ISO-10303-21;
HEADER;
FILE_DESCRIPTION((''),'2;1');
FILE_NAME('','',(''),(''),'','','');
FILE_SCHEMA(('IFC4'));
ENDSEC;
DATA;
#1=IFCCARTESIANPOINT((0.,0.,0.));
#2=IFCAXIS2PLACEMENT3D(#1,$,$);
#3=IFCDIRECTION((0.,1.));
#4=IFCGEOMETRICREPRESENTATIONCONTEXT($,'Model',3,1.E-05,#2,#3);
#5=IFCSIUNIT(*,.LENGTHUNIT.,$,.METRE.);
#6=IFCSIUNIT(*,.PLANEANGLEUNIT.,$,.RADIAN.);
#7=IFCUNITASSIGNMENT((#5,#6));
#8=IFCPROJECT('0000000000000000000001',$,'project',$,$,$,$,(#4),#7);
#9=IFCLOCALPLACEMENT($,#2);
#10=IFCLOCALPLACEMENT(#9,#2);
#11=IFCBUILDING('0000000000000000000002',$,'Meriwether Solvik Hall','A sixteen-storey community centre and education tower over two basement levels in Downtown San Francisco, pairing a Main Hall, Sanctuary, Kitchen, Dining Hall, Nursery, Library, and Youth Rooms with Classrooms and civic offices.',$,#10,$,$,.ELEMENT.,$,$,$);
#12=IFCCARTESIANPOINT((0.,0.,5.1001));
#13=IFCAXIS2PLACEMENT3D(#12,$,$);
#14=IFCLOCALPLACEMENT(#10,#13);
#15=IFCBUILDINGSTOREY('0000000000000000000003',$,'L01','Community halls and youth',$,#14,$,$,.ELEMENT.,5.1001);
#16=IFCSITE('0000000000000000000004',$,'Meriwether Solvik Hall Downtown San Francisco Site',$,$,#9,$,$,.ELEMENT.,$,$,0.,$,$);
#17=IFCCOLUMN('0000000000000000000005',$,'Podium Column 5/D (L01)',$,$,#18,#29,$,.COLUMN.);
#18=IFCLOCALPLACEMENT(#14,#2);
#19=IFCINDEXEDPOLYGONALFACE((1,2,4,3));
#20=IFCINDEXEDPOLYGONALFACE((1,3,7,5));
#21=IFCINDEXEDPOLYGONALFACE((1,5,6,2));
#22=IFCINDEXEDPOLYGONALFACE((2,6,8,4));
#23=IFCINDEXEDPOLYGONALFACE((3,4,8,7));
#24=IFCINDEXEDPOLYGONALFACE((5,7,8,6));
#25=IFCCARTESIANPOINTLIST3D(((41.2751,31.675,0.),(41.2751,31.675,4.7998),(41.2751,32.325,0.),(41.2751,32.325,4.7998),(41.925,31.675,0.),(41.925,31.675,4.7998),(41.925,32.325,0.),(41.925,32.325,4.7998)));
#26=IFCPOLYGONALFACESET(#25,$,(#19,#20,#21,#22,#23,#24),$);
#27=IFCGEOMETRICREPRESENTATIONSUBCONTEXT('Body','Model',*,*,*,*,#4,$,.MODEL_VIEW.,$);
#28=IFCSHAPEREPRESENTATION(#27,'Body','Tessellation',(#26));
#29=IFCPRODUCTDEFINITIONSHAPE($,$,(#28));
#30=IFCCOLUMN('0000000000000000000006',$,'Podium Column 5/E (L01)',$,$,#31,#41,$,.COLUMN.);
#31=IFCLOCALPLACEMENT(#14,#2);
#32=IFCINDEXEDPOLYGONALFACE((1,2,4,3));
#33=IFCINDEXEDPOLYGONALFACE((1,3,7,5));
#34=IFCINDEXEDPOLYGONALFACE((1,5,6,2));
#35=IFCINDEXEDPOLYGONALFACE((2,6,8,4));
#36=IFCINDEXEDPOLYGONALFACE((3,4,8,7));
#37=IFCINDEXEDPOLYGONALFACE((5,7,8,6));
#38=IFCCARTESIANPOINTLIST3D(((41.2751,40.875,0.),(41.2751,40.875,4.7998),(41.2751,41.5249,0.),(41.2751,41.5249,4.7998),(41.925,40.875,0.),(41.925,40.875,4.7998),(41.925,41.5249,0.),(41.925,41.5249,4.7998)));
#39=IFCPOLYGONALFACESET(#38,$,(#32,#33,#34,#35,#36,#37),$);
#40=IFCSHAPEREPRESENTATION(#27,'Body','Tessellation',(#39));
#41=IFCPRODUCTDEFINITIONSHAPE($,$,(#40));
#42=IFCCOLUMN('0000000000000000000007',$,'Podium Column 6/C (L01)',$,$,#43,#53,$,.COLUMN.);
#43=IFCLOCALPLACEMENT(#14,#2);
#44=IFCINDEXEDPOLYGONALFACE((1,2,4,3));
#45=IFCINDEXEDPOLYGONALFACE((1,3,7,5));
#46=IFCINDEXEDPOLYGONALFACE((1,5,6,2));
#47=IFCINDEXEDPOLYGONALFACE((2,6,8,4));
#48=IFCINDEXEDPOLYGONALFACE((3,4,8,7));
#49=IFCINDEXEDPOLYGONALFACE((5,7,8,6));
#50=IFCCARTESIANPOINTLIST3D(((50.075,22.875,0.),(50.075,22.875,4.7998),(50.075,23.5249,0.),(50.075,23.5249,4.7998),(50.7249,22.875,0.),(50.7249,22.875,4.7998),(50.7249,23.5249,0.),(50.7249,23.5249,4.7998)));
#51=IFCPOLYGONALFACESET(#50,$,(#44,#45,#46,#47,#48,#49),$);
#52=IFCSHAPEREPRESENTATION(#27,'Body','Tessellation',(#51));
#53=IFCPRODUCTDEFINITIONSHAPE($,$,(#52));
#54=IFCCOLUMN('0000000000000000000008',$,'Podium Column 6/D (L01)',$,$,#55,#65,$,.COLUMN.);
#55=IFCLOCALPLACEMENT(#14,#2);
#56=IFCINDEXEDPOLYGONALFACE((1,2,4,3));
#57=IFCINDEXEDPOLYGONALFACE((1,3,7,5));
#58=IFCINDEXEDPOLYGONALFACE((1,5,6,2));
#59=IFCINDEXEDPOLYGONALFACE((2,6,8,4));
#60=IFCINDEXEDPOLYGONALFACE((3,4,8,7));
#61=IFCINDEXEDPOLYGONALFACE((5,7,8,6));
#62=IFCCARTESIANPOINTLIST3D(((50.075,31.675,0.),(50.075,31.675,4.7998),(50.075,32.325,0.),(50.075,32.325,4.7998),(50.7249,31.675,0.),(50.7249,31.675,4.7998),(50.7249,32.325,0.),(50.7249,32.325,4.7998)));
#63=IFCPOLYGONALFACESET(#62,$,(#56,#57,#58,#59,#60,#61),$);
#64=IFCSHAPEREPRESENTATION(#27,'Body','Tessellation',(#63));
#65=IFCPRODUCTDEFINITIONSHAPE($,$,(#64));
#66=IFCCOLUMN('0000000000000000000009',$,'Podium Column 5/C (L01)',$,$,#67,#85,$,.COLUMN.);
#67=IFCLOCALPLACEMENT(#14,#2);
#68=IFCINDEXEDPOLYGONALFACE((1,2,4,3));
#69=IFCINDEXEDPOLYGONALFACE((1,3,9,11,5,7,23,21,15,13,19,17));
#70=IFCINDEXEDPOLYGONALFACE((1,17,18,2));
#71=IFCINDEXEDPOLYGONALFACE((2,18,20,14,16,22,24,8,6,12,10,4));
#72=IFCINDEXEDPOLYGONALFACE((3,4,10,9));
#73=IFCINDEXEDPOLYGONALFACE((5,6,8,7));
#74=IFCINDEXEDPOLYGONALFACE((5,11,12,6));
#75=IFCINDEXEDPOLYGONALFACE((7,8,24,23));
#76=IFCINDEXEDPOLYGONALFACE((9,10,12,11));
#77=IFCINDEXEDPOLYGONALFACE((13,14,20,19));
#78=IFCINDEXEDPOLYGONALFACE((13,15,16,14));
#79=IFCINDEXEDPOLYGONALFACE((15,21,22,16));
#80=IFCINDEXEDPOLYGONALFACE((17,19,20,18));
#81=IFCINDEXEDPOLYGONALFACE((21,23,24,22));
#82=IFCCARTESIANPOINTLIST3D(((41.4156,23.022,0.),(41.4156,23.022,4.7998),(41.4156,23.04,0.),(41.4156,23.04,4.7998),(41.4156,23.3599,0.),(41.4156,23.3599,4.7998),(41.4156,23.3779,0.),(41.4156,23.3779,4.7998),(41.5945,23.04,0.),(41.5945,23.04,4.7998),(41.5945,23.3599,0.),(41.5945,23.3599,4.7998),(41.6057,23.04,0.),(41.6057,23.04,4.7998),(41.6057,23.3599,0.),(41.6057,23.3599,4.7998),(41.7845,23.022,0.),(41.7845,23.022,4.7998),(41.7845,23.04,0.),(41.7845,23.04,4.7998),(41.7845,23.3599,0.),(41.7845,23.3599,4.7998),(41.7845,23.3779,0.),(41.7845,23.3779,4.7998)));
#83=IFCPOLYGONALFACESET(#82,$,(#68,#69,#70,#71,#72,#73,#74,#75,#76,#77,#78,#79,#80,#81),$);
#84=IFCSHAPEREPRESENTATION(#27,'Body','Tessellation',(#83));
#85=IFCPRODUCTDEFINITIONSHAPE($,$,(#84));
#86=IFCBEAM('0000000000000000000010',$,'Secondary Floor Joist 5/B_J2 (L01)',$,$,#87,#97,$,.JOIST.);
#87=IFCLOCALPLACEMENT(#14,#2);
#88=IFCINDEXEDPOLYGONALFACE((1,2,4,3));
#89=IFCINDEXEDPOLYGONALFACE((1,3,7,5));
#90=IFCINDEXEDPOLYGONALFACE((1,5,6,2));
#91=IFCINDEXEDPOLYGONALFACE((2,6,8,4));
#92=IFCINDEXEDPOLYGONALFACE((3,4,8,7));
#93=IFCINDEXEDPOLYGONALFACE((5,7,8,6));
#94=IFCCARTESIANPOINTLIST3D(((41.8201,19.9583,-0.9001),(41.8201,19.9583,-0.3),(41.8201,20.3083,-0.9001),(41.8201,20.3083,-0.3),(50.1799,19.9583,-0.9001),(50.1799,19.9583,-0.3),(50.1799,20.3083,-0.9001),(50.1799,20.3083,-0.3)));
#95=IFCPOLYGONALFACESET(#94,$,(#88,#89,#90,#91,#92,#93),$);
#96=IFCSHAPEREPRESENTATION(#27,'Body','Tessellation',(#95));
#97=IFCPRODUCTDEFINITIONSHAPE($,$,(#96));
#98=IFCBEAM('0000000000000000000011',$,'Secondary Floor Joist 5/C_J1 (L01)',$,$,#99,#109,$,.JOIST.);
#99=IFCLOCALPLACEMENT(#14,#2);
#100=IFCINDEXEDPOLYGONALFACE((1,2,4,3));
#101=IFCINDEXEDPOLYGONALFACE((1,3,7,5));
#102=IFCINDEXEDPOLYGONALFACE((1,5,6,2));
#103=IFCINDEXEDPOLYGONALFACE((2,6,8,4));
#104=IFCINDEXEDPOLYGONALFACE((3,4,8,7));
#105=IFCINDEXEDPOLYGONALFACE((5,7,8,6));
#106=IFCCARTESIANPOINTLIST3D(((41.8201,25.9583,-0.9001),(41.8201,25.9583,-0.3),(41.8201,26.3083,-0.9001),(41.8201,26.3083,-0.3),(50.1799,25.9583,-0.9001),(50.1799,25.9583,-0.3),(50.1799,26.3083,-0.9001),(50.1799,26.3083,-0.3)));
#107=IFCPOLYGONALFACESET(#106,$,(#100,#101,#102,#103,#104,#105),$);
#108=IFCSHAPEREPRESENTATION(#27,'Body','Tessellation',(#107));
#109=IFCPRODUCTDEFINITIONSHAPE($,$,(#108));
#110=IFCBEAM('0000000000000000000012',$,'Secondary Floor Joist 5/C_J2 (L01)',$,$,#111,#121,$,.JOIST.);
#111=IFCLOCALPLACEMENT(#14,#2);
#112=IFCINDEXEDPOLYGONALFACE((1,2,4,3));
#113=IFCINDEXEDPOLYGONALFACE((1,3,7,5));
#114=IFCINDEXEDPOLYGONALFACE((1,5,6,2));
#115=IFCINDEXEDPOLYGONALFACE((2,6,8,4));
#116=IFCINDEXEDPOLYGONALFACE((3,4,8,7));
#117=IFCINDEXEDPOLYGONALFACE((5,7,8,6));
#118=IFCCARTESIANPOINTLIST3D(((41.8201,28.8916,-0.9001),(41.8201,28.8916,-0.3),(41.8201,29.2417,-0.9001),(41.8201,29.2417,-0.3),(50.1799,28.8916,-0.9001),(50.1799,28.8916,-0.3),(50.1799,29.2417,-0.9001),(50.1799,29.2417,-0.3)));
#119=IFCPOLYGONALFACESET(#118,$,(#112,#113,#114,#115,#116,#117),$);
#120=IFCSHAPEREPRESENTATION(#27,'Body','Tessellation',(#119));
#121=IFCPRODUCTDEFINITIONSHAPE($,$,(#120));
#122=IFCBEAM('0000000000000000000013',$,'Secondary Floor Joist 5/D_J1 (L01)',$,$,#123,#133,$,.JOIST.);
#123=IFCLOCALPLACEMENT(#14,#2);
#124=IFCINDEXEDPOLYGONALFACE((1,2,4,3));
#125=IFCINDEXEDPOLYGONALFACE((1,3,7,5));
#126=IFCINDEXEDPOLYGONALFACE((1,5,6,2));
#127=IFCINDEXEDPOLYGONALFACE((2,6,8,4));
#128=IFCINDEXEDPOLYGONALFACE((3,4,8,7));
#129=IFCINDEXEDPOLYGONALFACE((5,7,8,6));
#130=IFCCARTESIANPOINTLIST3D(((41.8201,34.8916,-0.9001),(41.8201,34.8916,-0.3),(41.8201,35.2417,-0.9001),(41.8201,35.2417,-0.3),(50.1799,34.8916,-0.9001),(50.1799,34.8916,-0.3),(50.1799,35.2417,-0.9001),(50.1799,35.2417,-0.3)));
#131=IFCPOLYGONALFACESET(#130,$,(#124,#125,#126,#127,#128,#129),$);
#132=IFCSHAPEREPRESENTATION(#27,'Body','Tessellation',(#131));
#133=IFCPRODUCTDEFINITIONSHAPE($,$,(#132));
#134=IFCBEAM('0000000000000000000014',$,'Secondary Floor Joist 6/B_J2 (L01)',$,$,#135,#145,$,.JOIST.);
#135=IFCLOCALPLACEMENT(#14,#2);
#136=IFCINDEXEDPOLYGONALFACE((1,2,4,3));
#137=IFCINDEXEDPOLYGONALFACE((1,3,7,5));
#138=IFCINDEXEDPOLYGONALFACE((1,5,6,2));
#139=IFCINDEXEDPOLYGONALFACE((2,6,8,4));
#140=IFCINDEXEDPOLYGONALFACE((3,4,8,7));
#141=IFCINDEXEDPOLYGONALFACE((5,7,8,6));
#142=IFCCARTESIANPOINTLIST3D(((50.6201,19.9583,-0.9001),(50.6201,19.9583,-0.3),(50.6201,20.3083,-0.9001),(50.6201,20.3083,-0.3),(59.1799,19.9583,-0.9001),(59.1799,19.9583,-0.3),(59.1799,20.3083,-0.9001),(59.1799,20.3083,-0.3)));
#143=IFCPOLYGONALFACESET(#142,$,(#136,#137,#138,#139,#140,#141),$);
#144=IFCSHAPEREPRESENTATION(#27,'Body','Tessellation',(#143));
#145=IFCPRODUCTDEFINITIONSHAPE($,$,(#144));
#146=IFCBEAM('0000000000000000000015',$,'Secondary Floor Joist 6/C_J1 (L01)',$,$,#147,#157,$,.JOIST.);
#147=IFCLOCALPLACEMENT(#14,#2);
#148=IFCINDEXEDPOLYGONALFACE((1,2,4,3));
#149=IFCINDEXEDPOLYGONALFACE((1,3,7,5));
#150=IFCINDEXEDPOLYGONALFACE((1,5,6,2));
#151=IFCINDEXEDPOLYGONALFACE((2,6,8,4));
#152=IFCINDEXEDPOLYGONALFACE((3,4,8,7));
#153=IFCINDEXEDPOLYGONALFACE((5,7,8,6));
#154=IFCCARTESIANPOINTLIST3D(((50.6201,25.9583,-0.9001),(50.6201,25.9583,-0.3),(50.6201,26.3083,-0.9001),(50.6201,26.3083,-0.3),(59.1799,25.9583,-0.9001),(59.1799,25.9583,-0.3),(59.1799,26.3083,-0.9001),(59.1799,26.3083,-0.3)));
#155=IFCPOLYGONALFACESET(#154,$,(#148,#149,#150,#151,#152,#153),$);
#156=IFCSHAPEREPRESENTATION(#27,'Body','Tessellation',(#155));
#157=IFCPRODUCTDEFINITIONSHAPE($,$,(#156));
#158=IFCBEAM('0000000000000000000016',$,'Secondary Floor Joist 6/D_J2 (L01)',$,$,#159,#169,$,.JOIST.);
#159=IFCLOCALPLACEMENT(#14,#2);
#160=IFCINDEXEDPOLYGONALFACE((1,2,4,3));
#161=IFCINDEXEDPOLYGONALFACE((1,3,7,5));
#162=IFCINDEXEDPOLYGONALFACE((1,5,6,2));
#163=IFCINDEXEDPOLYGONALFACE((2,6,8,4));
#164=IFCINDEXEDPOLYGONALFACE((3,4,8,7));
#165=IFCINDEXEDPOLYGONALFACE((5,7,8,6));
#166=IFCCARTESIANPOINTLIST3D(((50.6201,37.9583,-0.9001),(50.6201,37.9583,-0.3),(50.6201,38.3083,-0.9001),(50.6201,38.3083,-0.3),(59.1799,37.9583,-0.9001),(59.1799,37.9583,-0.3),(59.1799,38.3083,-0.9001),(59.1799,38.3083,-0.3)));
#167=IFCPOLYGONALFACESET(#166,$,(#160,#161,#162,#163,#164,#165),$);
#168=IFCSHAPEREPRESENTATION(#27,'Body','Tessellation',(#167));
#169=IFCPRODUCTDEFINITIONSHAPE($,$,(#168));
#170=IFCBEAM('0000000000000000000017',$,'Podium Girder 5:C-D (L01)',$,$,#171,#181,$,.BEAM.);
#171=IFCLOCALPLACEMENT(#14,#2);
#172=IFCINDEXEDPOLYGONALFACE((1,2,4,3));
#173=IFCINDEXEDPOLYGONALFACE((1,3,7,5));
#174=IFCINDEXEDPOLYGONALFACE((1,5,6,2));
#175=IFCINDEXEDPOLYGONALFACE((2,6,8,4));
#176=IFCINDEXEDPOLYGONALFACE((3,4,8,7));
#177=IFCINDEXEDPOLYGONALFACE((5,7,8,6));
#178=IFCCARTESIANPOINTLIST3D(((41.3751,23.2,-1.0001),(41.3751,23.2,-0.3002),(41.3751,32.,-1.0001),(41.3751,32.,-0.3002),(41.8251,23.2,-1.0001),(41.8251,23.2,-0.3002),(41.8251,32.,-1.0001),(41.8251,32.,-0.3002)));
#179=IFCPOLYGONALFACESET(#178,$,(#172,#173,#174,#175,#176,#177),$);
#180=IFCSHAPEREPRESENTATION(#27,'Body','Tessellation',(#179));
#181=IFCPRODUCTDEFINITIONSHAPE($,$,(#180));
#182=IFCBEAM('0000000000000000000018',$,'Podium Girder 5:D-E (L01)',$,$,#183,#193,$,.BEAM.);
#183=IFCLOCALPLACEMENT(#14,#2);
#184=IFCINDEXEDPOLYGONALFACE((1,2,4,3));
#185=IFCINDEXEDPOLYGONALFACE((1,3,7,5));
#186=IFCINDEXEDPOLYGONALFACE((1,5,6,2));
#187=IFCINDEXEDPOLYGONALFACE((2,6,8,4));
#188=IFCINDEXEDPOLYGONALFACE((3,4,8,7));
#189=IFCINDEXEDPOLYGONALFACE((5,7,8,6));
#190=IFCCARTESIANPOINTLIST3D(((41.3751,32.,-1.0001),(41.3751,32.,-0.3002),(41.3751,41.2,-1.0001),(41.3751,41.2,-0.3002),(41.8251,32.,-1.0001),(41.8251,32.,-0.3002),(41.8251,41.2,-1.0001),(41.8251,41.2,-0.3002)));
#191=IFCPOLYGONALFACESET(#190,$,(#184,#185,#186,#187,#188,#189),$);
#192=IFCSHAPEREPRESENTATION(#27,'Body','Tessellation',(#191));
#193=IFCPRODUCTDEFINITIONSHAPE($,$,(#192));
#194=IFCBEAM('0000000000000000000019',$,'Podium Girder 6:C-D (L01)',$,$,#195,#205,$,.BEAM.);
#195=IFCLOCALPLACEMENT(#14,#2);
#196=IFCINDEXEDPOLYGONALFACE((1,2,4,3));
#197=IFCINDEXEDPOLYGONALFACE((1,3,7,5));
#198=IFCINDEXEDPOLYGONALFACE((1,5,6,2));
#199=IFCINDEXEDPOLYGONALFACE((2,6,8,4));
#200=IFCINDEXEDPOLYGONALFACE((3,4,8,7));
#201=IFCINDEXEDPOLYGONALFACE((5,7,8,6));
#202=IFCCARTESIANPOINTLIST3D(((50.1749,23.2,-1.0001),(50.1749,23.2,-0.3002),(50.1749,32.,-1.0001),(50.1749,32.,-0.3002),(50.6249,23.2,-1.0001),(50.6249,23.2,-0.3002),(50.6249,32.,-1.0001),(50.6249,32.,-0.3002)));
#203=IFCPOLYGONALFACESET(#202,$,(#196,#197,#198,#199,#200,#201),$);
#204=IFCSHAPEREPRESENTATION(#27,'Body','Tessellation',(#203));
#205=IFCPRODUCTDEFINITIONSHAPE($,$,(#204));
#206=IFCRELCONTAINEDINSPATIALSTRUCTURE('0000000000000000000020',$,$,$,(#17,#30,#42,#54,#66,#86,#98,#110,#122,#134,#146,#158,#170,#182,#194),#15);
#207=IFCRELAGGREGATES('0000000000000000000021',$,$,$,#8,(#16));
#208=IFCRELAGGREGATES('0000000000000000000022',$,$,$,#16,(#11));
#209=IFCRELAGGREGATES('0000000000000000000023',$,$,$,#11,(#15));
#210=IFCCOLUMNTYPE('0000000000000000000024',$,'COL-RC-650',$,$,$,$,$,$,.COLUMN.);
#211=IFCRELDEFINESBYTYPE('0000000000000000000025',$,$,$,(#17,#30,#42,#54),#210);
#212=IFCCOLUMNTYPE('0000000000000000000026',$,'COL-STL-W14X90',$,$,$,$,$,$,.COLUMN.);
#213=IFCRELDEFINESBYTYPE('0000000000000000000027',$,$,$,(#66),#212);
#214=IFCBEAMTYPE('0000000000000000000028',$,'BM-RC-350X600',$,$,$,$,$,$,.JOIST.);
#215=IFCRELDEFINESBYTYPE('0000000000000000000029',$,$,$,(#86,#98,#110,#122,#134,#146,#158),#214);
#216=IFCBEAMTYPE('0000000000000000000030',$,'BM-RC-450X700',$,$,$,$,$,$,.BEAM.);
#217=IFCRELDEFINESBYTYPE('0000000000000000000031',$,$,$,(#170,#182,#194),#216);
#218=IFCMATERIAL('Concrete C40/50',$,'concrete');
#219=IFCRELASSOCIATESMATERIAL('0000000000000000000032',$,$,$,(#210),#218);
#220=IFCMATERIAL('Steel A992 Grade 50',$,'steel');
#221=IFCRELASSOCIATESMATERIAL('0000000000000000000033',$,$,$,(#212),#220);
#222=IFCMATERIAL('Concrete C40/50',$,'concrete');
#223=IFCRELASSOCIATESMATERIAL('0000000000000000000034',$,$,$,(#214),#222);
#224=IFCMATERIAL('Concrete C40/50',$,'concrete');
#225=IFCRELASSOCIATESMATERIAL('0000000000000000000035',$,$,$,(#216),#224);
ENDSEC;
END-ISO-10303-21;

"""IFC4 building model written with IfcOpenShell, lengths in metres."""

from ifc_helpers import new_model, si_unit, direction, frame, origin, origin_2d, place, context, subcontext, project, spatial, rectangle, i_section, extrude, material, material_profile, profile_set, type_object, element, save


model = new_model("IFC4")

# Units and contexts
model_context = context("Model", 3, precision=1e-05, world=origin(), true_north=direction((0.0, 1.0)))
body_context = subcontext(model_context, "Body", "Model", "MODEL_VIEW")
ifc_project = project(units=[si_unit("LENGTHUNIT", "METRE"), si_unit("PLANEANGLEUNIT", "RADIAN")], contexts=[model_context])

# Site, building, storey
site_placement = place(None, origin())
site = spatial("IfcSite", under=ifc_project, at=site_placement, Name="Meriwether Solvik Hall Downtown San Francisco Site", CompositionType="ELEMENT", RefElevation=0.0)
building_placement = place(site_placement, origin())
building = spatial("IfcBuilding", under=site, at=building_placement, Name="Meriwether Solvik Hall", Description="A sixteen-storey community centre and education tower over two basement levels in Downtown San Francisco, pairing a Main Hall, Sanctuary, Kitchen, Dining Hall, Nursery, Library, and Youth Rooms with Classrooms and civic offices.", CompositionType="ELEMENT")
storey_placement = place(building_placement, frame((0.0, 0.0, 5.1001)))
storey = spatial("IfcBuildingStorey", under=building, at=storey_placement, Name="L01", Description="Community halls and youth", CompositionType="ELEMENT", Elevation=5.1001)

# Columns
ifc_material_1 = material(Name="Concrete C40/50", Category="concrete")
ifc_material_profile_1 = material_profile(ifc_material_1, rectangle(XDim=0.6499, YDim=0.6499, at=origin_2d()), Name="RCC-650X650")
ifc_profile_set_1 = profile_set([ifc_material_profile_1], Name="Concrete C40/50")
column_type_1 = type_object("IfcColumnType", Name="COL-RC-650", PredefinedType="COLUMN", material=ifc_profile_set_1)
for number, where, z_axis, x_axis, name in (
    (1, (41.6001, 32.0, 0.0), (0.0, 0.0, 1.0), (1.0, 0.0, 0.0), "Podium Column 5/D (L01)"),
    (2, (41.6001, 41.2, 0.0), (0.0, 0.0, 1.0), (1.0, 0.0, 0.0), "Podium Column 5/E (L01)"),
    (3, (50.3999, 23.2, 0.0), (0.0, 0.0, 1.0), (1.0, 0.0, 0.0), "Podium Column 6/C (L01)"),
    (4, (50.3999, 32.0, 0.0), (0.0, 0.0, 1.0), (1.0, 0.0, 0.0), "Podium Column 6/D (L01)"),
):
    element("IfcColumn", number, at=place(storey_placement, frame(where, z_axis=z_axis, x_axis=x_axis)), inside=storey, type_object=column_type_1, Name=name, PredefinedType="COLUMN", context=body_context, shape_type="SweptSolid", body=[
        extrude(rectangle(XDim=0.6499, YDim=0.6499, at=origin_2d()), origin(), (0.0, 0.0, 1.0), 4.7998),
    ])
ifc_material_2 = material(Name="Steel A992 Grade 50", Category="steel")
ifc_material_profile_2 = material_profile(ifc_material_2, i_section(OverallWidth=0.3689, OverallDepth=0.356, WebThickness=0.0112, FlangeThickness=0.0181, at=origin_2d()), Name="W14X90")
ifc_profile_set_2 = profile_set([ifc_material_profile_2], Name="Steel A992 Grade 50")
column_type_2 = type_object("IfcColumnType", Name="COL-STL-W14X90", PredefinedType="COLUMN", material=ifc_profile_set_2)
column_placement = place(storey_placement, frame((41.6001, 23.2, 0.0), z_axis=(0.0, 0.0, 1.0), x_axis=(1.0, 0.0, 0.0)))
element("IfcColumn", 5, at=column_placement, inside=storey, type_object=column_type_2, Name="Podium Column 5/C (L01)", PredefinedType="COLUMN", context=body_context, shape_type="SweptSolid", body=[
    extrude(i_section(OverallWidth=0.3689, OverallDepth=0.356, WebThickness=0.0112, FlangeThickness=0.0181, at=origin_2d()), origin(), (0.0, 0.0, 1.0), 4.7998),
])

# Beams
ifc_material_3 = material(Name="Concrete C40/50", Category="concrete")
ifc_material_profile_3 = material_profile(ifc_material_3, rectangle(XDim=0.3501, YDim=0.6001, at=origin_2d()), Name="RCB-350X600")
ifc_profile_set_3 = profile_set([ifc_material_profile_3], Name="Concrete C40/50")
beam_type_1 = type_object("IfcBeamType", Name="BM-RC-350X600", PredefinedType="JOIST", material=ifc_profile_set_3)
for number, where, z_axis, x_axis, name in (
    (6, (41.8201, 20.1333, -0.6001), (1.0, 0.0, 0.0), (0.0, 1.0, 0.0), "Secondary Floor Joist 5/B_J2 (L01)"),
    (7, (41.8201, 26.1333, -0.6001), (1.0, 0.0, 0.0), (0.0, 1.0, 0.0), "Secondary Floor Joist 5/C_J1 (L01)"),
    (8, (41.8201, 29.0667, -0.6001), (1.0, 0.0, 0.0), (0.0, 1.0, 0.0), "Secondary Floor Joist 5/C_J2 (L01)"),
    (9, (41.8201, 35.0667, -0.6001), (1.0, 0.0, 0.0), (0.0, 1.0, 0.0), "Secondary Floor Joist 5/D_J1 (L01)"),
):
    element("IfcBeam", number, at=place(storey_placement, frame(where, z_axis=z_axis, x_axis=x_axis)), inside=storey, type_object=beam_type_1, Name=name, PredefinedType="JOIST", context=body_context, shape_type="SweptSolid", body=[
        extrude(rectangle(XDim=0.3501, YDim=0.6001, at=origin_2d()), origin(), (0.0, 0.0, 1.0), 8.3599),
    ])
for number, where, z_axis, x_axis, name in (
    (10, (50.6201, 20.1333, -0.6001), (1.0, 0.0, 0.0), (0.0, 1.0, 0.0), "Secondary Floor Joist 6/B_J2 (L01)"),
    (11, (50.6201, 26.1333, -0.6001), (1.0, 0.0, 0.0), (0.0, 1.0, 0.0), "Secondary Floor Joist 6/C_J1 (L01)"),
    (12, (50.6201, 38.1333, -0.6001), (1.0, 0.0, 0.0), (0.0, 1.0, 0.0), "Secondary Floor Joist 6/D_J2 (L01)"),
):
    element("IfcBeam", number, at=place(storey_placement, frame(where, z_axis=z_axis, x_axis=x_axis)), inside=storey, type_object=beam_type_1, Name=name, PredefinedType="JOIST", context=body_context, shape_type="SweptSolid", body=[
        extrude(rectangle(XDim=0.3501, YDim=0.6001, at=origin_2d()), origin(), (0.0, 0.0, 1.0), 8.5598),
    ])
ifc_material_4 = material(Name="Concrete C40/50", Category="concrete")
ifc_material_profile_4 = material_profile(ifc_material_4, rectangle(XDim=0.45, YDim=0.7, at=origin_2d()), Name="RCB-450X700")
ifc_profile_set_4 = profile_set([ifc_material_profile_4], Name="Concrete C40/50")
beam_type_2 = type_object("IfcBeamType", Name="BM-RC-450X700", PredefinedType="BEAM", material=ifc_profile_set_4)
beam_1_placement = place(storey_placement, frame((41.6001, 23.2, -0.6501), z_axis=(0.0, 1.0, 0.0), x_axis=(-1.0, 0.0, 0.0)))
element("IfcBeam", 13, at=beam_1_placement, inside=storey, type_object=beam_type_2, Name="Podium Girder 5:C-D (L01)", PredefinedType="BEAM", context=body_context, shape_type="SweptSolid", body=[
    extrude(rectangle(XDim=0.45, YDim=0.7, at=origin_2d()), origin(), (0.0, 0.0, 1.0), 8.8),
])
beam_2_placement = place(storey_placement, frame((41.6001, 32.0, -0.6501), z_axis=(0.0, 1.0, 0.0), x_axis=(-1.0, 0.0, 0.0)))
element("IfcBeam", 14, at=beam_2_placement, inside=storey, type_object=beam_type_2, Name="Podium Girder 5:D-E (L01)", PredefinedType="BEAM", context=body_context, shape_type="SweptSolid", body=[
    extrude(rectangle(XDim=0.45, YDim=0.7, at=origin_2d()), origin(), (0.0, 0.0, 1.0), 9.2),
])
beam_3_placement = place(storey_placement, frame((50.3999, 23.2, -0.6501), z_axis=(0.0, 1.0, 0.0), x_axis=(-1.0, 0.0, 0.0)))
element("IfcBeam", 15, at=beam_3_placement, inside=storey, type_object=beam_type_2, Name="Podium Girder 6:C-D (L01)", PredefinedType="BEAM", context=body_context, shape_type="SweptSolid", body=[
    extrude(rectangle(XDim=0.45, YDim=0.7, at=origin_2d()), origin(), (0.0, 0.0, 1.0), 8.8),
])

save(model, "model.ifc")
